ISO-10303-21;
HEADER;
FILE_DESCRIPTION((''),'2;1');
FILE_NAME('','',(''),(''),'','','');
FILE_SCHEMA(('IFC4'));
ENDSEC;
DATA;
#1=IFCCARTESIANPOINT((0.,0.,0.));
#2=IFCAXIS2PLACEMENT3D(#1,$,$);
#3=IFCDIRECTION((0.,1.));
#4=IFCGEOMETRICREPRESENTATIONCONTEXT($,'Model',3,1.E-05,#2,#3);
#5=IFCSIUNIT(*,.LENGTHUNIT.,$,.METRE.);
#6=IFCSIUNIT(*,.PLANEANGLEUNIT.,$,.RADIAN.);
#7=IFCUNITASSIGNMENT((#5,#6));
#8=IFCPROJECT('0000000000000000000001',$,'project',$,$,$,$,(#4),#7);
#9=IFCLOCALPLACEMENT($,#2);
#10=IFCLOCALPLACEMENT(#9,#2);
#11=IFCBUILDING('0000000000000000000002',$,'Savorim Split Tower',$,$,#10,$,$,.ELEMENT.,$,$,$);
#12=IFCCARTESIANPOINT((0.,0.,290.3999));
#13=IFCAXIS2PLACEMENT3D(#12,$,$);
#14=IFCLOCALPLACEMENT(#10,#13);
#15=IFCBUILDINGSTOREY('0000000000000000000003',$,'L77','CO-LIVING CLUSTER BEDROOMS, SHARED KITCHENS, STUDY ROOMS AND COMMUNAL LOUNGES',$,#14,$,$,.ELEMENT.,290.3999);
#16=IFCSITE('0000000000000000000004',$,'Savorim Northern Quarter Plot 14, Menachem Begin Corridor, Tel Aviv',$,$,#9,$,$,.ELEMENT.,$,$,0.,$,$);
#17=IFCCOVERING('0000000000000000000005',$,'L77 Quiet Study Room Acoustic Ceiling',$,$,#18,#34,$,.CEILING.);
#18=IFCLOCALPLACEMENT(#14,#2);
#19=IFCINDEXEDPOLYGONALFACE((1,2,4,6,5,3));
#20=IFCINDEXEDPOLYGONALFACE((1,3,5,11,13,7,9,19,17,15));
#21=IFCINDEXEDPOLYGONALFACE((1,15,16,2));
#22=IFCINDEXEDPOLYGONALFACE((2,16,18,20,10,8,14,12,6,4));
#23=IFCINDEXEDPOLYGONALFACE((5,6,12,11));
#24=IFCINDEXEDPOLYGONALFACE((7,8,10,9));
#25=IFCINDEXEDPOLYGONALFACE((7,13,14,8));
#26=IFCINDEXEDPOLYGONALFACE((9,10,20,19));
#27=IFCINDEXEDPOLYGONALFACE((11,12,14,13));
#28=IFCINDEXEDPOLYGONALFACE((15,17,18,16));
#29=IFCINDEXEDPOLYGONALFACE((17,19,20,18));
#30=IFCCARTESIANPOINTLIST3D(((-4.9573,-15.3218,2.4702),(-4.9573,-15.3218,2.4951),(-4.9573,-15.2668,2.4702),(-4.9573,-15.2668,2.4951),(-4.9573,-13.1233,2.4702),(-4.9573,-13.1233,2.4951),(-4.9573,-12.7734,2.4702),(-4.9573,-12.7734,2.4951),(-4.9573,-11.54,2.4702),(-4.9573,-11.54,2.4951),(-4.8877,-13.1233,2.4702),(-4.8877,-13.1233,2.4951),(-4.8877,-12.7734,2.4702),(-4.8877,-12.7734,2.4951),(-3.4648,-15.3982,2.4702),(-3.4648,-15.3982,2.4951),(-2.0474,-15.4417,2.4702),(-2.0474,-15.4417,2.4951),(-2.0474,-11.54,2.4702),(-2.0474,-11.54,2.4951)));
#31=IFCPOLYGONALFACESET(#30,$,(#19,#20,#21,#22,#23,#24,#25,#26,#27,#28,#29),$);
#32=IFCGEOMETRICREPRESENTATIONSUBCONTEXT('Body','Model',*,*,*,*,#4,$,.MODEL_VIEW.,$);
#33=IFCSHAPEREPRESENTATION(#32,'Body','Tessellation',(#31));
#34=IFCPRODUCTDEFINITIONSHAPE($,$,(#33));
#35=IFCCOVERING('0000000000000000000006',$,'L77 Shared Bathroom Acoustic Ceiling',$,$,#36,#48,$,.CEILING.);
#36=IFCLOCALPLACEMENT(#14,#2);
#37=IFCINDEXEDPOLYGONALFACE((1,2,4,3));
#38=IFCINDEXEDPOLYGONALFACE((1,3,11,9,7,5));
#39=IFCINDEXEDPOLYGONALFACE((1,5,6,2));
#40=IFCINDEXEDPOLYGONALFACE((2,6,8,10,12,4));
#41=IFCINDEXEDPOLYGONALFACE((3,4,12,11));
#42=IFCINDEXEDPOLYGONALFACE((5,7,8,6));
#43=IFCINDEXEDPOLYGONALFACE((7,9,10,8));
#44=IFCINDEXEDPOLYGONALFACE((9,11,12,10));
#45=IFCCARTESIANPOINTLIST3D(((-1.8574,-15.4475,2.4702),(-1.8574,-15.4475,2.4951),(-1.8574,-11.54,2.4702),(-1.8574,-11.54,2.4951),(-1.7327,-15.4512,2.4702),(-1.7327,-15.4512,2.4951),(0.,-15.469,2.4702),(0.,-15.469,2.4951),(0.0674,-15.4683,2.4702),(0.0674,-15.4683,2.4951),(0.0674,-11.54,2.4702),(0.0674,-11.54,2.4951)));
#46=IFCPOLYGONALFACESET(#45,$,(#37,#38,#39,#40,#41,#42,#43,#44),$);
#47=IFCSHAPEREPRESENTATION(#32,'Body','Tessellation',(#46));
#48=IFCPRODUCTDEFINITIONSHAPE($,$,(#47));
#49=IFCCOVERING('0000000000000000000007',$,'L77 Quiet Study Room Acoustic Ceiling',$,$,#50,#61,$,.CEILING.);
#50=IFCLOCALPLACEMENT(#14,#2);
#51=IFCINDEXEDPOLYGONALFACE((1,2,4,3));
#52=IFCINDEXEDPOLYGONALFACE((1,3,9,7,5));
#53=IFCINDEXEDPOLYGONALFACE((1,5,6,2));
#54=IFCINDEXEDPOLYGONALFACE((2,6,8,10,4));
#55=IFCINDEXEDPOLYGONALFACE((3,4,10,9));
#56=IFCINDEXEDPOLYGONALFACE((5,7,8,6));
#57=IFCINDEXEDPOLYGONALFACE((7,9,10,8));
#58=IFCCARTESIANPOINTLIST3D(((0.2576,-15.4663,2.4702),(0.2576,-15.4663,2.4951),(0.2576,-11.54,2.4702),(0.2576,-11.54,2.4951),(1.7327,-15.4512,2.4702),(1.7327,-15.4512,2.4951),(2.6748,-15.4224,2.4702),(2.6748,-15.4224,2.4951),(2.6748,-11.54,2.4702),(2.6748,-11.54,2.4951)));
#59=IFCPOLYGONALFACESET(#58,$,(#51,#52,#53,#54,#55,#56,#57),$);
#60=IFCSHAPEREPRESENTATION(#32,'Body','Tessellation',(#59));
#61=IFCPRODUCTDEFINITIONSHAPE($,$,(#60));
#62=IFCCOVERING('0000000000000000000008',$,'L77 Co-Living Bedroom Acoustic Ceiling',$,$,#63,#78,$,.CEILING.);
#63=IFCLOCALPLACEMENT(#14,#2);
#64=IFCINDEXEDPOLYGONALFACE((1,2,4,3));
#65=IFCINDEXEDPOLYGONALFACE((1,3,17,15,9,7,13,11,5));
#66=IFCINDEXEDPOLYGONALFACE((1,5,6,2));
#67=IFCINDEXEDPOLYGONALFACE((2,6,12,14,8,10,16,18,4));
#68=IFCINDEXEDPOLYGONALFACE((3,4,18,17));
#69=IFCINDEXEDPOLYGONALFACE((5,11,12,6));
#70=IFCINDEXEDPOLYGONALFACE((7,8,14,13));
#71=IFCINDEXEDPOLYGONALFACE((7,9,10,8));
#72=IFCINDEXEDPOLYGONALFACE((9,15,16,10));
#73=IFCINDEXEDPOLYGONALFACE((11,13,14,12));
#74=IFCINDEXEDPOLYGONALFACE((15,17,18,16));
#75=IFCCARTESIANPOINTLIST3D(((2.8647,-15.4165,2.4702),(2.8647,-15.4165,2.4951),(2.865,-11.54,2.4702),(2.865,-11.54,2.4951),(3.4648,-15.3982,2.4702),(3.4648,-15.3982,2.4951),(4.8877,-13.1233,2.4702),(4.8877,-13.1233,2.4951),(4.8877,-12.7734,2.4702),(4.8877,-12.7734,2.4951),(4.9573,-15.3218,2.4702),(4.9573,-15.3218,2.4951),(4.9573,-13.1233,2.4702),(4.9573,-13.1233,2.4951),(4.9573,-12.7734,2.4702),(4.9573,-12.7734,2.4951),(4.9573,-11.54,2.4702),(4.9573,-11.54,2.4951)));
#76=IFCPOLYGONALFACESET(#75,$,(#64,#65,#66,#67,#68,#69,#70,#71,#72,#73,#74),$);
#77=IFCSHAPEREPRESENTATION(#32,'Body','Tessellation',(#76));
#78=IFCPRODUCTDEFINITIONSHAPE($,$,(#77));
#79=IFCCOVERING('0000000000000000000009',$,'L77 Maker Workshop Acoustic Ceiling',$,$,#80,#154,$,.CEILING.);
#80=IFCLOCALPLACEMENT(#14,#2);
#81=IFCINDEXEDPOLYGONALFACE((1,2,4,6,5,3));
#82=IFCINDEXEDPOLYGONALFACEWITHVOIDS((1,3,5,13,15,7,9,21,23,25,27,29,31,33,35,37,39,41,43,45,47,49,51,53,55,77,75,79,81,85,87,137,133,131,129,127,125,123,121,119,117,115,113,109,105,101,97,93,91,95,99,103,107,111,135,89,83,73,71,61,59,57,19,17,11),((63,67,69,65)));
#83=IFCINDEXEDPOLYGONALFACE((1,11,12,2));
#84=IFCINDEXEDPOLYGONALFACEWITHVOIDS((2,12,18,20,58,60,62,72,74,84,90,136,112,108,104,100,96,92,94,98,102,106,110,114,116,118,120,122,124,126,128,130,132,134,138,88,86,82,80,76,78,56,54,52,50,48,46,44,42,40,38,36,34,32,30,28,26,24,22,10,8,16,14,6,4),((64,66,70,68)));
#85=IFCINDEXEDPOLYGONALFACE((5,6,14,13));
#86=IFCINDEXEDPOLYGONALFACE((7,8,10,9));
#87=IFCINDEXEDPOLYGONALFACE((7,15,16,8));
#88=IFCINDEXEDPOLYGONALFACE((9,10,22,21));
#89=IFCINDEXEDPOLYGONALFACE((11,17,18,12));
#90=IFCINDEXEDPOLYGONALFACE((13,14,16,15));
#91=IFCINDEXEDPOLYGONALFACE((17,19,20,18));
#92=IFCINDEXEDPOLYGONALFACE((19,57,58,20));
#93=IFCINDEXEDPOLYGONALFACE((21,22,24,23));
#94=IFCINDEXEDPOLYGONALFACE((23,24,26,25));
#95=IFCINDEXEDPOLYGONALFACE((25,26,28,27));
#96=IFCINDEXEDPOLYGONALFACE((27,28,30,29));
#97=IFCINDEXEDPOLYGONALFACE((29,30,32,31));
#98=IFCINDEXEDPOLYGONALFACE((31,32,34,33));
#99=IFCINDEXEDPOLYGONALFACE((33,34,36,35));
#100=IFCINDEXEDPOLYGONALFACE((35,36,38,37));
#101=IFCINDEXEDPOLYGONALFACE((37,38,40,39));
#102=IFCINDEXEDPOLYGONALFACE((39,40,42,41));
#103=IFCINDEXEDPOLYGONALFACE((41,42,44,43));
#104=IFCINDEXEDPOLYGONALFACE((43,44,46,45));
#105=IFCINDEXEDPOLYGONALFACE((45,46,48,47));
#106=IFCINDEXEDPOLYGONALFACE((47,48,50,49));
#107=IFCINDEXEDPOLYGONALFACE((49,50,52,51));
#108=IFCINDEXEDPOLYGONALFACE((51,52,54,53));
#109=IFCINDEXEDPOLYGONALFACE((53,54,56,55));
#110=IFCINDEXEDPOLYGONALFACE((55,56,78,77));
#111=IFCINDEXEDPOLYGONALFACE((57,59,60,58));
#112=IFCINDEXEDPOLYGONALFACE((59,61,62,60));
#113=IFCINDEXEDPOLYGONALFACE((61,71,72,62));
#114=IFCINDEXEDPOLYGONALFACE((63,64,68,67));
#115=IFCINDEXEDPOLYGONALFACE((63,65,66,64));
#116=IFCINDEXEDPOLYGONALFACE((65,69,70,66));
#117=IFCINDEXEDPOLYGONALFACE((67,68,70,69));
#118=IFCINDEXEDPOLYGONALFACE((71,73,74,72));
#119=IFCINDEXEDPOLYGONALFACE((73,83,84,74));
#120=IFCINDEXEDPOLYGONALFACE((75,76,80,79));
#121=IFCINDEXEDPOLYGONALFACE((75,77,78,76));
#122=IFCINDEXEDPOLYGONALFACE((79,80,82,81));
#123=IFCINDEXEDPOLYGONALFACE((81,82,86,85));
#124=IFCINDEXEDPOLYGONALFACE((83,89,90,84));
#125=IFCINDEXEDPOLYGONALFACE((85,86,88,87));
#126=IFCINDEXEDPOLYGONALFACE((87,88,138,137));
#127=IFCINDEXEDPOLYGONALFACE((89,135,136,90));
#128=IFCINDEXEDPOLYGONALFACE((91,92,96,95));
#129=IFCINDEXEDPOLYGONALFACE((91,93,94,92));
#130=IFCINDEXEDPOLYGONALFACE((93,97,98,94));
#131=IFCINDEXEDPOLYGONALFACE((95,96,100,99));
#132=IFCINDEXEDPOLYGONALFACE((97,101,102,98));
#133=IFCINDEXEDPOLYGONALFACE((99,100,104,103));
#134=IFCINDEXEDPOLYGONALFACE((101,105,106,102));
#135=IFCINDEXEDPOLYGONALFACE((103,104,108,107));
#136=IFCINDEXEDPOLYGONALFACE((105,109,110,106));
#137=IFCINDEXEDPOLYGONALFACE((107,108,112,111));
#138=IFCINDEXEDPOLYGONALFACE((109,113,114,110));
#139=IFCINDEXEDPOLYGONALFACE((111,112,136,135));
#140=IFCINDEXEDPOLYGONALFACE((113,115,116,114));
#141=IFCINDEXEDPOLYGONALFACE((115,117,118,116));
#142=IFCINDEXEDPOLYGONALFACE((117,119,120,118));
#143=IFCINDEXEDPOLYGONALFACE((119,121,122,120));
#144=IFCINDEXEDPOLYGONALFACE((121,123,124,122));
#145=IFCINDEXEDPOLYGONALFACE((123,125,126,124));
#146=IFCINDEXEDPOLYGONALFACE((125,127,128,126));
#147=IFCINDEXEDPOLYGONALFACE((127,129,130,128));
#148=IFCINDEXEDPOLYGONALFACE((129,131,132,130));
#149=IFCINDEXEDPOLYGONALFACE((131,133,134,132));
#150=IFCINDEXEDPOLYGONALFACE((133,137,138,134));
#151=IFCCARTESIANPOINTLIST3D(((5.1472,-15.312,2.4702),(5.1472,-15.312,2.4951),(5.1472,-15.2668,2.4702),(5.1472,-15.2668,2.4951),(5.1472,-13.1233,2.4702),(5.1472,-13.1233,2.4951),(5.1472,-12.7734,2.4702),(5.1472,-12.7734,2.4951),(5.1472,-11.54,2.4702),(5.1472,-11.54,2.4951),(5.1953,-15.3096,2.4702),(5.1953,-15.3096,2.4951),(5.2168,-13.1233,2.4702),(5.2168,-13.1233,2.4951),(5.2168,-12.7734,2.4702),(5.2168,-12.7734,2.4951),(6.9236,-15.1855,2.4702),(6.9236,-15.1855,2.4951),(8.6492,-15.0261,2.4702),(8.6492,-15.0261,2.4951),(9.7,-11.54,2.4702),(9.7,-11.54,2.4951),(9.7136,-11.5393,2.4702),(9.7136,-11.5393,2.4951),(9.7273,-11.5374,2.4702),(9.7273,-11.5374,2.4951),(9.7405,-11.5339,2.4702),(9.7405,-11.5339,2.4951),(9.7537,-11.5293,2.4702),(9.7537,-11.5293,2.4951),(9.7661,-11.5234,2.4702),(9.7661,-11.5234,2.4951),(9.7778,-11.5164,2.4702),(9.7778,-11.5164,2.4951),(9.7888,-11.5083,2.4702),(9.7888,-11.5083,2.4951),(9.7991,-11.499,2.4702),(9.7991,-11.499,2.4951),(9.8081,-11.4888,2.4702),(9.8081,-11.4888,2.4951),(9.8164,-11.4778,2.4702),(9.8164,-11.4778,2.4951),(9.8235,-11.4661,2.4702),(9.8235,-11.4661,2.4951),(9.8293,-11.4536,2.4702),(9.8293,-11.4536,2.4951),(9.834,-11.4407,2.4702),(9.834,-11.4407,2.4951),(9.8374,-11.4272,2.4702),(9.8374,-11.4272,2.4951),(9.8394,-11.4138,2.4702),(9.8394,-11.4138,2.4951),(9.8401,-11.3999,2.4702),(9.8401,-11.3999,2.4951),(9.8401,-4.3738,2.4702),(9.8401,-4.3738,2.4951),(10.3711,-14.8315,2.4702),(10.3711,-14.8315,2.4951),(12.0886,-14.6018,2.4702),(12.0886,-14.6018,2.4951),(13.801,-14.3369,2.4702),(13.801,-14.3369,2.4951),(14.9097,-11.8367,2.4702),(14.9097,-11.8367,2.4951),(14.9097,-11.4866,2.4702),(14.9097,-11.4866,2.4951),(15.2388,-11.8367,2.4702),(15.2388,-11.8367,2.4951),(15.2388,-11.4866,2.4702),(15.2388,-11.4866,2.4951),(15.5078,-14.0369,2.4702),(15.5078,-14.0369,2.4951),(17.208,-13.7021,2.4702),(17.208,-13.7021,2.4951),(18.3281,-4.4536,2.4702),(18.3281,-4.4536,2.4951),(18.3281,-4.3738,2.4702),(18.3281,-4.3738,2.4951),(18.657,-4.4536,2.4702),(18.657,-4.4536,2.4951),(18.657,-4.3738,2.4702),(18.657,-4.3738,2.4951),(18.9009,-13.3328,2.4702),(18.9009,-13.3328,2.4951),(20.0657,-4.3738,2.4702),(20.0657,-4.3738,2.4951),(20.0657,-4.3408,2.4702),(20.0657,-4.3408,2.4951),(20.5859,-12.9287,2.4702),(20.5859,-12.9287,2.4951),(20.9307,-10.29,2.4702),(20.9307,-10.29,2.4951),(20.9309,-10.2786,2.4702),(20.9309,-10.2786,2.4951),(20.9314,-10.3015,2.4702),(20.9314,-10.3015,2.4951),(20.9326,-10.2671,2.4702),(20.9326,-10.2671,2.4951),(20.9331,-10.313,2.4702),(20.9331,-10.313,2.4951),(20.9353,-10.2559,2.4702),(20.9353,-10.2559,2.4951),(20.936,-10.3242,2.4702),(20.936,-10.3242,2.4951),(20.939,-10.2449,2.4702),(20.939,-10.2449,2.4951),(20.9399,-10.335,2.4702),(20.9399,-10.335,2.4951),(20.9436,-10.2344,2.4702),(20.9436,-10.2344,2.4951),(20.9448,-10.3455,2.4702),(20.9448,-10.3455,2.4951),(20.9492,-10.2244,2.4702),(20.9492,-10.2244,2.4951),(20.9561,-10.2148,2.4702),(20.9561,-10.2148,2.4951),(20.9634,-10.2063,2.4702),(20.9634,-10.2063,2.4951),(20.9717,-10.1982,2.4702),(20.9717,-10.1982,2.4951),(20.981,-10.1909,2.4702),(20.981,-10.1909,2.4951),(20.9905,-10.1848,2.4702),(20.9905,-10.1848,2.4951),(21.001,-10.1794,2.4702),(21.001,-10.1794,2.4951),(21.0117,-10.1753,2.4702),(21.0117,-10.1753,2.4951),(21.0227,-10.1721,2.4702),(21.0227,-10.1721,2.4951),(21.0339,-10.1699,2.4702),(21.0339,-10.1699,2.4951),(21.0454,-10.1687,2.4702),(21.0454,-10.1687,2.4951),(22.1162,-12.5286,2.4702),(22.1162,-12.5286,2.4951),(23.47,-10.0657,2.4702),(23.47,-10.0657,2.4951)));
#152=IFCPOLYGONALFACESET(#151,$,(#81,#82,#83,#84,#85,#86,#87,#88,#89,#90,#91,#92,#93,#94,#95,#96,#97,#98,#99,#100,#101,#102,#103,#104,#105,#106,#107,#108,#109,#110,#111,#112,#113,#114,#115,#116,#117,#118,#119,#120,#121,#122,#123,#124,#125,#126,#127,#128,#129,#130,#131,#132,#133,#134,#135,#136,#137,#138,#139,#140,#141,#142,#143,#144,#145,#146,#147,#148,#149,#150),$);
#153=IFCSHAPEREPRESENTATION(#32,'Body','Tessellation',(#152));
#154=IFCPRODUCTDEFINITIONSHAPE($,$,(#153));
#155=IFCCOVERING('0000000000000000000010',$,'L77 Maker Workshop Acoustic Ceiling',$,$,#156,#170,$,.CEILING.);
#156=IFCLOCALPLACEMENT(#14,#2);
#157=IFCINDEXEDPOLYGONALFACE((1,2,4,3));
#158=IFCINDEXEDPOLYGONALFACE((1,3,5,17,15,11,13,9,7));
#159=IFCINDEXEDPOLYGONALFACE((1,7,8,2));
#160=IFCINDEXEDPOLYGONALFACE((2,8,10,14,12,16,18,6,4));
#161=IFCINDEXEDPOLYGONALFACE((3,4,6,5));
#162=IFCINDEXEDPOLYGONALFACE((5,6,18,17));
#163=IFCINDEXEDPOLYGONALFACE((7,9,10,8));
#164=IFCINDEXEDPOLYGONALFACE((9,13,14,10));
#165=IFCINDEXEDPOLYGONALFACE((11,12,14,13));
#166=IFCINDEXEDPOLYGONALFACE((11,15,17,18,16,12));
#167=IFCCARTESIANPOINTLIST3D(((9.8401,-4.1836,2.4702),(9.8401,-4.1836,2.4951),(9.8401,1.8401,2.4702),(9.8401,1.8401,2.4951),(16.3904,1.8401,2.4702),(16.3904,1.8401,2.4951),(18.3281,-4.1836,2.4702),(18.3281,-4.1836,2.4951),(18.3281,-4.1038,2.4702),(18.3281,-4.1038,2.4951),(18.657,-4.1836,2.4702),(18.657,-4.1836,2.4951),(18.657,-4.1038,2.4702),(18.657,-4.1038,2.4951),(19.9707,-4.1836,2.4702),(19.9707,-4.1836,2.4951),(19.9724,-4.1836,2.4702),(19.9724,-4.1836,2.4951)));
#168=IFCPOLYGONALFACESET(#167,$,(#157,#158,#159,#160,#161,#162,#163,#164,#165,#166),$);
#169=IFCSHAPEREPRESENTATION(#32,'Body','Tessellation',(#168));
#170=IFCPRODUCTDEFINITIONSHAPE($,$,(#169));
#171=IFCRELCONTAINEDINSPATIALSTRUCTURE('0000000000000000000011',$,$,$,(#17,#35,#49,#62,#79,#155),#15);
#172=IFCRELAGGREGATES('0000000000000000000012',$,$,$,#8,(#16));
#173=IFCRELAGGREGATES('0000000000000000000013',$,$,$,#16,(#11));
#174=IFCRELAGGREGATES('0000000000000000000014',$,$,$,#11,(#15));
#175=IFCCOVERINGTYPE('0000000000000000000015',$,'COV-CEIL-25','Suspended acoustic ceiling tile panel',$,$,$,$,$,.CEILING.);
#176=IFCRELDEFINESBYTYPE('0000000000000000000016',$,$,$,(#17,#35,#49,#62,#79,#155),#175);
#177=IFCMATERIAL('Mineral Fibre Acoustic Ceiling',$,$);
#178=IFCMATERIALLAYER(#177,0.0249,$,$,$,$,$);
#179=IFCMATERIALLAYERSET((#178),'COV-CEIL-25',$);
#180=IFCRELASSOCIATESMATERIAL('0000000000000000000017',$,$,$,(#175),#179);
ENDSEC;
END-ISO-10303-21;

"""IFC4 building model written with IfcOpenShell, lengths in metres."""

from ifc_helpers import new_model, si_unit, direction, frame, origin, place, context, subcontext, project, spatial, polyline, outline, extrude, material, layer, layer_set, type_object, element, save


model = new_model("IFC4")

# Units and contexts
model_context = context("Model", 3, precision=1e-05, world=origin(), true_north=direction((0.0, 1.0)))
body_context = subcontext(model_context, "Body", "Model", "MODEL_VIEW")
ifc_project = project(units=[si_unit("LENGTHUNIT", "METRE"), si_unit("PLANEANGLEUNIT", "RADIAN")], contexts=[model_context])

# Site, building, storey
site_placement = place(None, origin())
site = spatial("IfcSite", under=ifc_project, at=site_placement, Name="Savorim Northern Quarter Plot 14, Menachem Begin Corridor, Tel Aviv", CompositionType="ELEMENT", RefElevation=0.0)
building_placement = place(site_placement, origin())
building = spatial("IfcBuilding", under=site, at=building_placement, Name="Savorim Split Tower", CompositionType="ELEMENT")
storey_placement = place(building_placement, frame((0.0, 0.0, 290.3999)))
storey = spatial("IfcBuildingStorey", under=building, at=storey_placement, Name="L77", Description="CO-LIVING CLUSTER BEDROOMS, SHARED KITCHENS, STUDY ROOMS AND COMMUNAL LOUNGES", CompositionType="ELEMENT", Elevation=290.3999)

# Coverings
ifc_material_1 = material(Name="Mineral Fibre Acoustic Ceiling")
ifc_layer_1 = layer(ifc_material_1, 0.0249)
ifc_layer_set_1 = layer_set([ifc_layer_1], Name="COV-CEIL-25")
covering_type_1 = type_object("IfcCoveringType", Name="COV-CEIL-25", Description="Suspended acoustic ceiling tile panel", PredefinedType="CEILING", material=ifc_layer_set_1)
covering_1_placement = place(storey_placement, frame((0.0, 0.0, 2.4702)))
element("IfcCovering", 1, at=covering_1_placement, inside=storey, type_object=covering_type_1, Name="L77 Quiet Study Room Acoustic Ceiling", PredefinedType="CEILING", context=body_context, shape_type="SweptSolid", body=[
    extrude(outline(polyline([(-4.9573, -15.2668), (-4.9573, -15.3218), (-3.4648, -15.3982), (-2.0474, -15.4417), (-2.0474, -11.54), (-4.9573, -11.54), (-4.9573, -12.7734), (-4.8877, -12.7734), (-4.8877, -13.1233), (-4.9573, -13.1233), (-4.9573, -15.2668)])), origin(), (0.0, 0.0, 1.0), 0.0249),
])
covering_2_placement = place(storey_placement, frame((0.0, 0.0, 2.4702)))
element("IfcCovering", 2, at=covering_2_placement, inside=storey, type_object=covering_type_1, Name="L77 Shared Bathroom Acoustic Ceiling", PredefinedType="CEILING", context=body_context, shape_type="SweptSolid", body=[
    extrude(outline(polyline([(-1.8574, -15.4475), (-1.7327, -15.4512), (0.0, -15.469), (0.0674, -15.4683), (0.0674, -11.54), (-1.8574, -11.54), (-1.8574, -15.4475)])), origin(), (0.0, 0.0, 1.0), 0.0249),
])
covering_3_placement = place(storey_placement, frame((0.0, 0.0, 2.4702)))
element("IfcCovering", 3, at=covering_3_placement, inside=storey, type_object=covering_type_1, Name="L77 Quiet Study Room Acoustic Ceiling", PredefinedType="CEILING", context=body_context, shape_type="SweptSolid", body=[
    extrude(outline(polyline([(0.2576, -11.54), (0.2576, -15.4663), (1.7327, -15.4512), (2.6748, -15.4224), (2.6748, -11.54), (0.2576, -11.54)])), origin(), (0.0, 0.0, 1.0), 0.0249),
])
covering_4_placement = place(storey_placement, frame((0.0, 0.0, 2.4702)))
element("IfcCovering", 4, at=covering_4_placement, inside=storey, type_object=covering_type_1, Name="L77 Co-Living Bedroom Acoustic Ceiling", PredefinedType="CEILING", context=body_context, shape_type="SweptSolid", body=[
    extrude(outline(polyline([(4.9573, -11.54), (2.865, -11.54), (2.8647, -15.4165), (3.4648, -15.3982), (4.9573, -15.3218), (4.9573, -13.1233), (4.8877, -13.1233), (4.8877, -12.7734), (4.9573, -12.7734), (4.9573, -11.54)])), origin(), (0.0, 0.0, 1.0), 0.0249),
])
covering_5_placement = place(storey_placement, frame((0.0, 0.0, 2.4702)))
element("IfcCovering", 5, at=covering_5_placement, inside=storey, type_object=covering_type_1, Name="L77 Maker Workshop Acoustic Ceiling", PredefinedType="CEILING", context=body_context, shape_type="SweptSolid", body=[
    extrude(outline(polyline([(21.0227, -10.1721), (21.0339, -10.1699), (21.0454, -10.1687), (23.47, -10.0657), (20.0657, -4.3408), (20.0657, -4.3738), (18.657, -4.3738), (18.657, -4.4536), (18.3281, -4.4536), (18.3281, -4.3738), (9.8401, -4.3738), (9.8401, -11.3999), (9.8394, -11.4138), (9.8374, -11.4272), (9.834, -11.4407), (9.8293, -11.4536), (9.8235, -11.4661), (9.8164, -11.4778), (9.8081, -11.4888), (9.7991, -11.499), (9.7888, -11.5083), (9.7778, -11.5164), (9.7661, -11.5234), (9.7537, -11.5293), (9.7405, -11.5339), (9.7273, -11.5374), (9.7136, -11.5393), (9.7, -11.54), (5.1472, -11.54), (5.1472, -12.7734), (5.2168, -12.7734), (5.2168, -13.1233), (5.1472, -13.1233), (5.1472, -15.2668), (5.1472, -15.312), (5.1953, -15.3096), (6.9236, -15.1855), (8.6492, -15.0261), (10.3711, -14.8315), (12.0886, -14.6018), (13.801, -14.3369), (15.5078, -14.0369), (17.208, -13.7021), (18.9009, -13.3328), (20.5859, -12.9287), (22.1162, -12.5286), (20.9448, -10.3455), (20.9399, -10.335), (20.936, -10.3242), (20.9331, -10.313), (20.9314, -10.3015), (20.9307, -10.29), (20.9309, -10.2786), (20.9326, -10.2671), (20.9353, -10.2559), (20.939, -10.2449), (20.9436, -10.2344), (20.9492, -10.2244), (20.9561, -10.2148), (20.9634, -10.2063), (20.9717, -10.1982), (20.981, -10.1909), (20.9905, -10.1848), (21.001, -10.1794), (21.0117, -10.1753), (21.0227, -10.1721)]), holes=[polyline([(15.2388, -11.8367), (15.2388, -11.4866), (14.9097, -11.4866), (14.9097, -11.8367), (15.2388, -11.8367)])]), origin(), (0.0, 0.0, 1.0), 0.0249),
])
covering_6_placement = place(storey_placement, frame((0.0, 0.0, 2.4702)))
element("IfcCovering", 6, at=covering_6_placement, inside=storey, type_object=covering_type_1, Name="L77 Maker Workshop Acoustic Ceiling", PredefinedType="CEILING", context=body_context, shape_type="SweptSolid", body=[
    extrude(outline(polyline([(18.657, -4.1038), (18.657, -4.1836), (19.9707, -4.1836), (19.9724, -4.1836), (16.3904, 1.8401), (9.8401, 1.8401), (9.8401, -4.1836), (18.3281, -4.1836), (18.3281, -4.1038), (18.657, -4.1038)])), origin(), (0.0, 0.0, 1.0), 0.0249),
])

save(model, "model.ifc")
